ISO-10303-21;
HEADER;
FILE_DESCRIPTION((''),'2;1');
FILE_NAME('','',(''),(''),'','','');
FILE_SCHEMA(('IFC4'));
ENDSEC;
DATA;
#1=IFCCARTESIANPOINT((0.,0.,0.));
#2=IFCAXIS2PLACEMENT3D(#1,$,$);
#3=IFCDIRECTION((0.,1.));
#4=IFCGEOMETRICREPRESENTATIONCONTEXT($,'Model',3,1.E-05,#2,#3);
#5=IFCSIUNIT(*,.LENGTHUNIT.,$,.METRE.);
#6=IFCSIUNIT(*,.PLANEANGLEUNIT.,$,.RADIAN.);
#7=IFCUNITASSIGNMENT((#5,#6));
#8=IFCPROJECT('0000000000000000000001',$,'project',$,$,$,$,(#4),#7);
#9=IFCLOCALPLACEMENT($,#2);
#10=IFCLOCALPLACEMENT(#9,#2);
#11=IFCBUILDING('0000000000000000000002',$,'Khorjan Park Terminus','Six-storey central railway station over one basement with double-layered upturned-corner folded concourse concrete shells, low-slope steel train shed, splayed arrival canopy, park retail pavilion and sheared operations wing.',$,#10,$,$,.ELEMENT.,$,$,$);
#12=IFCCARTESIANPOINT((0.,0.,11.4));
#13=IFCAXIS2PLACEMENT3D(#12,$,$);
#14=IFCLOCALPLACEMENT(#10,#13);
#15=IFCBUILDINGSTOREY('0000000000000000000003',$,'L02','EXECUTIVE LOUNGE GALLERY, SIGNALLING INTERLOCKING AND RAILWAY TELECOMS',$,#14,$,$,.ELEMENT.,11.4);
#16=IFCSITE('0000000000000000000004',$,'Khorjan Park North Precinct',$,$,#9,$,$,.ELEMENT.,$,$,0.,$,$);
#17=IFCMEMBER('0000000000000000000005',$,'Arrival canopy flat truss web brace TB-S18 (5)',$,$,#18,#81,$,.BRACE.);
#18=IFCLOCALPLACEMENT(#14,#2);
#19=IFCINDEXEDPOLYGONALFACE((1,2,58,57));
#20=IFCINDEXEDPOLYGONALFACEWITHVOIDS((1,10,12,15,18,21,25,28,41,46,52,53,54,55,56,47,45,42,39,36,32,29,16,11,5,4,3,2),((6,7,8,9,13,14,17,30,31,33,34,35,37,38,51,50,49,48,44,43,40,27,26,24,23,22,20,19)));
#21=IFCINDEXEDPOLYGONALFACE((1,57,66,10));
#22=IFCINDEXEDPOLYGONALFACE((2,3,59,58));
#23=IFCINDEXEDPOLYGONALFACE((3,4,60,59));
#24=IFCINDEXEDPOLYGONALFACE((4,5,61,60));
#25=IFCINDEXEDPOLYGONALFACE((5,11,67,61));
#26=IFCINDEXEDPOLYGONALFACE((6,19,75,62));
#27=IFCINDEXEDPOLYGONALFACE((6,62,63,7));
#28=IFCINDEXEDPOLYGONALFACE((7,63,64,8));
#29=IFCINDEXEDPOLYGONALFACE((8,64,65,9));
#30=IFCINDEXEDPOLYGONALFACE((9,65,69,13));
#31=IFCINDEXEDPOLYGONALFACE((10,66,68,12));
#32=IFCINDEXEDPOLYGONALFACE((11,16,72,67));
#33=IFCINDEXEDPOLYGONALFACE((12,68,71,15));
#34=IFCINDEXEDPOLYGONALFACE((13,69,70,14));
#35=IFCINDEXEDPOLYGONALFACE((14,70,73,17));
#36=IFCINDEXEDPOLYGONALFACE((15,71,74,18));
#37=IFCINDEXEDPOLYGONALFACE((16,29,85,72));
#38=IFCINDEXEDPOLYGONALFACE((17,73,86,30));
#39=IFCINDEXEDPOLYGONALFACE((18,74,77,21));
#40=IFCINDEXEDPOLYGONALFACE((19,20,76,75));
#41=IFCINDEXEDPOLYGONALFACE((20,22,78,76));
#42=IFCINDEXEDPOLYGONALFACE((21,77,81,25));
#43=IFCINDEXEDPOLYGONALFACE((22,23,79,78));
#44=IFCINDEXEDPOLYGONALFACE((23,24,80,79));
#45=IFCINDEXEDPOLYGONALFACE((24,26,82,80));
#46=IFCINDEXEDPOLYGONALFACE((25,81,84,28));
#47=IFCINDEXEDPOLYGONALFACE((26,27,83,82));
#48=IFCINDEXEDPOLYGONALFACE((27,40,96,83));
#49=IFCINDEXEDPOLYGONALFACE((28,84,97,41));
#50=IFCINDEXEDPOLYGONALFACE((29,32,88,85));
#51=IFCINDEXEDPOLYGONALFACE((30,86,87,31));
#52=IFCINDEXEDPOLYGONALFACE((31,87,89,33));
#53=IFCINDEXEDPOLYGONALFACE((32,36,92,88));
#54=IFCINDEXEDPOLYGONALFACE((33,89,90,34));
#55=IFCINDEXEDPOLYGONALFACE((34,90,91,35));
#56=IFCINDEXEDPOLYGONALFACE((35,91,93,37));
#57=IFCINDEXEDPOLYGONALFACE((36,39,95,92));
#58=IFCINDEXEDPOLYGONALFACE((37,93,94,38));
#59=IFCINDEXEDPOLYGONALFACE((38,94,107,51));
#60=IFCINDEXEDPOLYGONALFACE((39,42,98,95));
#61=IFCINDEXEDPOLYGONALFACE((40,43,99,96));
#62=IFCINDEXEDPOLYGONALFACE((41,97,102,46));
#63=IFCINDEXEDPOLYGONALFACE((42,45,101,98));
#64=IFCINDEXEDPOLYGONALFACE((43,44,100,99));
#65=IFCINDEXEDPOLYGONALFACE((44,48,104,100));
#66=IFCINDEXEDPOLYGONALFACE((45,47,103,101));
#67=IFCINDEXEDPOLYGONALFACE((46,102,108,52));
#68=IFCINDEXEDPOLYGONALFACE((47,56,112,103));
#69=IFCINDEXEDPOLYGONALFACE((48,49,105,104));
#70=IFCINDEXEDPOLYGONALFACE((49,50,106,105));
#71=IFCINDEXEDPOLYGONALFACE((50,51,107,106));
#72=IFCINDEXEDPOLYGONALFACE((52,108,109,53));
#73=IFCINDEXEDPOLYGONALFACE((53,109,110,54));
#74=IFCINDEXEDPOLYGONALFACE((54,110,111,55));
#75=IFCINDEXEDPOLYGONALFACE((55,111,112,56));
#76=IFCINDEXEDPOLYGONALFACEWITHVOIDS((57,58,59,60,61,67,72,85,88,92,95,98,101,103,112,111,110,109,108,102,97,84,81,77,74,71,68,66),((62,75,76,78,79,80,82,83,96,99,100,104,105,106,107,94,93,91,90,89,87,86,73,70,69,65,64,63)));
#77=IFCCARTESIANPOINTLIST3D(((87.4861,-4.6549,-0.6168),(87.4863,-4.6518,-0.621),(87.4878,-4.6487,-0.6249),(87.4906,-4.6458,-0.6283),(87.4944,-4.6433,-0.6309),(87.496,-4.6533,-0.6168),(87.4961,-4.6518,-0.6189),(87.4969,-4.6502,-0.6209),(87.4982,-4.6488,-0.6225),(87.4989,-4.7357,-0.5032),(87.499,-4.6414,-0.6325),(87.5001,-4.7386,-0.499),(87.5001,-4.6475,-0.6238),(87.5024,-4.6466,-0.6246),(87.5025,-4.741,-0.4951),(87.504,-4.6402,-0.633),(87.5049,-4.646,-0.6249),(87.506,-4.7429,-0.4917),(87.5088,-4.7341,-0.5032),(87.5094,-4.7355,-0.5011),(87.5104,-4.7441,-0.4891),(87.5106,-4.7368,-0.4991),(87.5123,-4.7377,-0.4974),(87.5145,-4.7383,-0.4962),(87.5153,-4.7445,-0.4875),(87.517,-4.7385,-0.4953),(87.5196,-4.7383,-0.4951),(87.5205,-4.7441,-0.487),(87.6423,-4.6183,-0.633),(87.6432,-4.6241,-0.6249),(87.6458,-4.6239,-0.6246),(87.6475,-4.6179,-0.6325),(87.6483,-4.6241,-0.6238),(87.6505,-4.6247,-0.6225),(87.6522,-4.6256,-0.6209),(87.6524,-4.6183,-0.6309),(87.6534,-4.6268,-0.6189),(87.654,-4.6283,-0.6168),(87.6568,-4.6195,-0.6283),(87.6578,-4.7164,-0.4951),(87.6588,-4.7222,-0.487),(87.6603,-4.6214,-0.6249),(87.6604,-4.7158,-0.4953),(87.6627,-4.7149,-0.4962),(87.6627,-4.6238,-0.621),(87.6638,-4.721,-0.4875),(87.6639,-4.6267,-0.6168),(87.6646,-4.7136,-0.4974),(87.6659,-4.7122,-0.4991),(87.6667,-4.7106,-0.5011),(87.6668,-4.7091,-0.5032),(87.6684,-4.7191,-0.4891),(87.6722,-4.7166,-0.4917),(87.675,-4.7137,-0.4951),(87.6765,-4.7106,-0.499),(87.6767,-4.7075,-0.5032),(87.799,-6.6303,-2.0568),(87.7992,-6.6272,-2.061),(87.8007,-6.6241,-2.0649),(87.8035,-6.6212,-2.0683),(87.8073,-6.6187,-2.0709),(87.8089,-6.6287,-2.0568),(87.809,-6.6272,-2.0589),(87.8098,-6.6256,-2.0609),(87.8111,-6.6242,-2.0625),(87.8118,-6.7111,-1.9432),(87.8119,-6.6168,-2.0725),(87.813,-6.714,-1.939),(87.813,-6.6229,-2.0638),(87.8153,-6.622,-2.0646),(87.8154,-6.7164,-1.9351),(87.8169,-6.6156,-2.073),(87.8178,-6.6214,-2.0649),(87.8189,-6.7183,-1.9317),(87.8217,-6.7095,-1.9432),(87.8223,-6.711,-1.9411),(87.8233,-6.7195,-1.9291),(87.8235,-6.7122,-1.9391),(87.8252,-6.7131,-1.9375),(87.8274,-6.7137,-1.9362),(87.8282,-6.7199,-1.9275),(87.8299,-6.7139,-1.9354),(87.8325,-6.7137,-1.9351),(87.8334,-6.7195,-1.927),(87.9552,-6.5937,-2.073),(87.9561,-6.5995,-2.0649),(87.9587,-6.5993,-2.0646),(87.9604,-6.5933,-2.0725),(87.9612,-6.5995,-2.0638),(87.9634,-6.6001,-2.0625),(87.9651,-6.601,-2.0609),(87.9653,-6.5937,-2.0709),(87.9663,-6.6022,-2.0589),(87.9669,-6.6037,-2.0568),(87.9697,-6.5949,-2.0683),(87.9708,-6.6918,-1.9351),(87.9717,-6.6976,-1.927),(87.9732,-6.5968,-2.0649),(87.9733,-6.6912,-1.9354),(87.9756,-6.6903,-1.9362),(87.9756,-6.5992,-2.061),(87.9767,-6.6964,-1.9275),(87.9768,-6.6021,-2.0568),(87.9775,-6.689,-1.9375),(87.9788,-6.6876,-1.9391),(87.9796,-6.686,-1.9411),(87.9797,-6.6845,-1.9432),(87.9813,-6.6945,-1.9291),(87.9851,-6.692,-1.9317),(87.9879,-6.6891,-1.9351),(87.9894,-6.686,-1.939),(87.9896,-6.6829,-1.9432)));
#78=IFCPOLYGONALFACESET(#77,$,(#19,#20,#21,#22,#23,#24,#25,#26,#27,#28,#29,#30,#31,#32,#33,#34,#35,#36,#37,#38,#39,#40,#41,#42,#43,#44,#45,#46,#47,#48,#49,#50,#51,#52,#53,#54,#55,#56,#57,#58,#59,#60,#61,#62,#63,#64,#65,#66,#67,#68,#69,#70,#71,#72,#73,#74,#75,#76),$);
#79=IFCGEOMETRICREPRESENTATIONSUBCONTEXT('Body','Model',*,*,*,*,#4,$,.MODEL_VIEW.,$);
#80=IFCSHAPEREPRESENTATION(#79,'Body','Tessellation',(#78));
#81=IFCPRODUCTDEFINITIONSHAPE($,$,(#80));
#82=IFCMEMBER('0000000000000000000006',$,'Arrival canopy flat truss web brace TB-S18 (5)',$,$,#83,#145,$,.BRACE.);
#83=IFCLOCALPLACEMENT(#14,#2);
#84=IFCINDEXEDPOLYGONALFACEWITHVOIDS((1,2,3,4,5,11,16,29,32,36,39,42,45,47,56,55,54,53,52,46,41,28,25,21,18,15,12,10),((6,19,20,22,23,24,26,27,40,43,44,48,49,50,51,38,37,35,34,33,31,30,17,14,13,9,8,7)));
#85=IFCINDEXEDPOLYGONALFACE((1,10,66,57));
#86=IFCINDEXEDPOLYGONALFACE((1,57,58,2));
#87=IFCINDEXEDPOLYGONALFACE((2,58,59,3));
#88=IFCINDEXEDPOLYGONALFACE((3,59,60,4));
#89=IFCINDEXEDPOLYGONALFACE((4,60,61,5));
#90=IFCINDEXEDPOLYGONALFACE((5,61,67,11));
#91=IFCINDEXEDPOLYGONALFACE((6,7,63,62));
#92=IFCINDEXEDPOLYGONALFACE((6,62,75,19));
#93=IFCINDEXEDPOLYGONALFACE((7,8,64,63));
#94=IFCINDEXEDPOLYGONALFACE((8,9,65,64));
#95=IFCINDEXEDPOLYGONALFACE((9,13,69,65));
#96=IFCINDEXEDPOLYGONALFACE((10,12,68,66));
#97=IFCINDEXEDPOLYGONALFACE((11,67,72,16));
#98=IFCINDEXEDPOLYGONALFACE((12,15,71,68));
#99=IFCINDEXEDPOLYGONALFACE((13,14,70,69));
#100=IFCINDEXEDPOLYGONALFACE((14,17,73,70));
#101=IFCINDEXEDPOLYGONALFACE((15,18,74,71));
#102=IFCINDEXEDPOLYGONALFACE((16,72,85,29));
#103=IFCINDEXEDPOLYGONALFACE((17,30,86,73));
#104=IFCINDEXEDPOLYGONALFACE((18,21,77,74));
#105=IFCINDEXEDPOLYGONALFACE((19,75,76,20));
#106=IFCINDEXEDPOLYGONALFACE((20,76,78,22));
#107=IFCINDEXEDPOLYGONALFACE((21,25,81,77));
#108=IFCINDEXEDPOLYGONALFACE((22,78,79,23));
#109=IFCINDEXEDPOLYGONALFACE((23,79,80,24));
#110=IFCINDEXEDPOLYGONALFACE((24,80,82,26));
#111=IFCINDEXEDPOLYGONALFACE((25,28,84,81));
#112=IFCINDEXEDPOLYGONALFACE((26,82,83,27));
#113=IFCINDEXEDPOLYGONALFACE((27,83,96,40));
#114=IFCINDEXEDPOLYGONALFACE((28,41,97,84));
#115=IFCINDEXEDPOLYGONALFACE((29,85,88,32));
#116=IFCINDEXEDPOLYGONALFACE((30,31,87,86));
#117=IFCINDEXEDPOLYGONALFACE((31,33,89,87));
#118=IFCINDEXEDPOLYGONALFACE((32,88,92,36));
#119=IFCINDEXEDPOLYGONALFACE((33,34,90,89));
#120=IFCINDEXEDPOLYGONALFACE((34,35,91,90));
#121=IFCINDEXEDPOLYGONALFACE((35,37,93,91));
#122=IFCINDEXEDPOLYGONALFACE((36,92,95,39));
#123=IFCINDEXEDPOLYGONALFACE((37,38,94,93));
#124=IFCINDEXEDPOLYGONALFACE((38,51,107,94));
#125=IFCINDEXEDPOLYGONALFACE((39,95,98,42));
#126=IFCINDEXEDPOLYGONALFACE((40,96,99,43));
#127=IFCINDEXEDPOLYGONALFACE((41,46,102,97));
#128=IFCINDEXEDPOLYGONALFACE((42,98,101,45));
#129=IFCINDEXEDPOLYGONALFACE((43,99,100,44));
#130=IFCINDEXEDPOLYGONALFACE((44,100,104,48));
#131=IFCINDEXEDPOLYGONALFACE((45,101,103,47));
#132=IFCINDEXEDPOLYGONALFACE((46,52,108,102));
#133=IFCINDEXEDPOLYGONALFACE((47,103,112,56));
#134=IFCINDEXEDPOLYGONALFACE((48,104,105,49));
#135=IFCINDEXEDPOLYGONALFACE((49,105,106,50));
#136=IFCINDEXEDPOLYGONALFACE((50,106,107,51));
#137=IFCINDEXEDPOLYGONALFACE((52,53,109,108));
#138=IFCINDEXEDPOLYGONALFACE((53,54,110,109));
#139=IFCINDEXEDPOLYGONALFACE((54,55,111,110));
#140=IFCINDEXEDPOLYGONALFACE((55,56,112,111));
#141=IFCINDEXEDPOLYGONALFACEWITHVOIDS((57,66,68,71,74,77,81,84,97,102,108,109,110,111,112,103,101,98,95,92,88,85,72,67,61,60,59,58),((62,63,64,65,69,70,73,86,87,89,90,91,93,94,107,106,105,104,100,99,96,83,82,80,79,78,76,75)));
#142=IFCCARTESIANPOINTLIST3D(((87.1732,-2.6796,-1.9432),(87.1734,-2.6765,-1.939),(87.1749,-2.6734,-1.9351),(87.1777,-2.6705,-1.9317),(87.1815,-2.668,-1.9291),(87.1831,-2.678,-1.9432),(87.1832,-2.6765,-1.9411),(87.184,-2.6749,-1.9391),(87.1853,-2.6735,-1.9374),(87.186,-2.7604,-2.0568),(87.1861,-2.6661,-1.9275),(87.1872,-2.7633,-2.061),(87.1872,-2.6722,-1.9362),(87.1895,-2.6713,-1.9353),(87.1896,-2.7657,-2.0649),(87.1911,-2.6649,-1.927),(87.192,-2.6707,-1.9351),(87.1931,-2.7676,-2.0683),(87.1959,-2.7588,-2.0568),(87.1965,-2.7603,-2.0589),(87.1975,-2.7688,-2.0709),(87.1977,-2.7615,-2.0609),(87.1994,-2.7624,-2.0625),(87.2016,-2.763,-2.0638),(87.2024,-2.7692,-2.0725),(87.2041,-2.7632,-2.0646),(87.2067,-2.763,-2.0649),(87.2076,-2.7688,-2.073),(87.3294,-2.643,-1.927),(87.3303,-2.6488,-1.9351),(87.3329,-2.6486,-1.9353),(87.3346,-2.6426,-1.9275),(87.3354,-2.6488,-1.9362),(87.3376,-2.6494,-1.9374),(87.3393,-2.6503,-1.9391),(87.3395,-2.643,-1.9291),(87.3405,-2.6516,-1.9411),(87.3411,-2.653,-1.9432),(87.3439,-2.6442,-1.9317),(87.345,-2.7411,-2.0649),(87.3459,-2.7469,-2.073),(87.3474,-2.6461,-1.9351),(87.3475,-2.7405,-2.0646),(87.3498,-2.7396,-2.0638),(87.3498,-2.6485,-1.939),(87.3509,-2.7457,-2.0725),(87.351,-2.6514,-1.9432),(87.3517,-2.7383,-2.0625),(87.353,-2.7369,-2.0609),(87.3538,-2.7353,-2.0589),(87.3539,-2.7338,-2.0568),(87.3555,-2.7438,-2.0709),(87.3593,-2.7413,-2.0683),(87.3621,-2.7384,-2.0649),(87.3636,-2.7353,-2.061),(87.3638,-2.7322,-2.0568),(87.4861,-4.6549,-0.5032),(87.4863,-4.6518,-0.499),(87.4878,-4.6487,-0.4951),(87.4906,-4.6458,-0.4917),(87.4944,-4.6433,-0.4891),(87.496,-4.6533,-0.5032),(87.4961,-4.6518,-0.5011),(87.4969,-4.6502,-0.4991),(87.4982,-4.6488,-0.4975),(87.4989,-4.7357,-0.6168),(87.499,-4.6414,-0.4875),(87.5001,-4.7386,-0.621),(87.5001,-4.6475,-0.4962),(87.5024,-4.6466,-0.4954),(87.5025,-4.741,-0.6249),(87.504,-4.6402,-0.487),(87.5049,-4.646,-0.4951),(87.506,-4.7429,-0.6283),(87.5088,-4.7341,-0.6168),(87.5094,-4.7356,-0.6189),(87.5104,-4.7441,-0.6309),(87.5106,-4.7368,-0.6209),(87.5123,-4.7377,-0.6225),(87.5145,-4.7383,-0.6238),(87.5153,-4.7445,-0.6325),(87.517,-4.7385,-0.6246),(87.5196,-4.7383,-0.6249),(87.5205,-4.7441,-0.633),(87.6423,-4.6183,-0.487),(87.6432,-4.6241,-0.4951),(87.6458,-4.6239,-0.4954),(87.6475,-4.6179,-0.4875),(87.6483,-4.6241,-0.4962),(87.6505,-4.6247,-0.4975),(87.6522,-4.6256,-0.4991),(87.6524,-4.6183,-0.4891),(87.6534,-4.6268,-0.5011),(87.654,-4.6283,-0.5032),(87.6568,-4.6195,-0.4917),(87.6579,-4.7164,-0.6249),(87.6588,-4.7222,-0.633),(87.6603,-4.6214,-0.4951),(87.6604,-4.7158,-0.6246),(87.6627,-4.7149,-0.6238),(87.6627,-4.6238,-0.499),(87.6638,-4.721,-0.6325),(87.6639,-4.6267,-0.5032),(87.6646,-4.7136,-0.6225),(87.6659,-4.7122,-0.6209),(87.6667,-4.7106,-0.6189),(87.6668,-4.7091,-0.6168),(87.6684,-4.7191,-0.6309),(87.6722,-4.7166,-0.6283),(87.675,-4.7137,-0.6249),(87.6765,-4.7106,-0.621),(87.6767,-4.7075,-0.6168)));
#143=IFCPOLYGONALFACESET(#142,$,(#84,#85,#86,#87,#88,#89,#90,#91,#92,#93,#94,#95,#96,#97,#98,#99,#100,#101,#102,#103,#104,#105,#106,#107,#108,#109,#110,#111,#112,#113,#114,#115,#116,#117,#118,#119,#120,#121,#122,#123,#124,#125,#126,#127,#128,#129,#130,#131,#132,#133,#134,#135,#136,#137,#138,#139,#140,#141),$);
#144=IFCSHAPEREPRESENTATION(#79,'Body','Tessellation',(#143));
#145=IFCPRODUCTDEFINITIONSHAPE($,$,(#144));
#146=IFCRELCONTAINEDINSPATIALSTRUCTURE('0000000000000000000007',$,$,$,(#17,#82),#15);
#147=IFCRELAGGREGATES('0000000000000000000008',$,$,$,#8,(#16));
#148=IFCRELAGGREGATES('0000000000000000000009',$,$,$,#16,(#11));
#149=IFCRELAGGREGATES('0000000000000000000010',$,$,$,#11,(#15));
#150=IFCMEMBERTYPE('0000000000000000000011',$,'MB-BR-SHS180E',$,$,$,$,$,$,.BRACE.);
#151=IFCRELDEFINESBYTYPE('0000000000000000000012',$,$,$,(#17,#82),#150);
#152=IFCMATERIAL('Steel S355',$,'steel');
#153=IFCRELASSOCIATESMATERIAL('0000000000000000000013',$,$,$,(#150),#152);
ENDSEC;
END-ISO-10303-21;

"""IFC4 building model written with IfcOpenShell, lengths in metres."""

from ifc_helpers import new_model, si_unit, direction, frame, origin, origin_2d, place, context, subcontext, project, spatial, hollow_rectangle, extrude, material, material_profile, profile_set, type_object, element, save


model = new_model("IFC4")

# Units and contexts
model_context = context("Model", 3, precision=1e-05, world=origin(), true_north=direction((0.0, 1.0)))
body_context = subcontext(model_context, "Body", "Model", "MODEL_VIEW")
ifc_project = project(units=[si_unit("LENGTHUNIT", "METRE"), si_unit("PLANEANGLEUNIT", "RADIAN")], contexts=[model_context])

# Site, building, storey
site_placement = place(None, origin())
site = spatial("IfcSite", under=ifc_project, at=site_placement, Name="Khorjan Park North Precinct", CompositionType="ELEMENT", RefElevation=0.0)
building_placement = place(site_placement, origin())
building = spatial("IfcBuilding", under=site, at=building_placement, Name="Khorjan Park Terminus", Description="Six-storey central railway station over one basement with double-layered upturned-corner folded concourse concrete shells, low-slope steel train shed, splayed arrival canopy, park retail pavilion and sheared operations wing.", CompositionType="ELEMENT")
storey_placement = place(building_placement, frame((0.0, 0.0, 11.4)))
storey = spatial("IfcBuildingStorey", under=building, at=storey_placement, Name="L02", Description="EXECUTIVE LOUNGE GALLERY, SIGNALLING INTERLOCKING AND RAILWAY TELECOMS", CompositionType="ELEMENT", Elevation=11.4)

# Members
ifc_material = material(Name="Steel S355", Category="steel")
ifc_material_profile_1 = material_profile(ifc_material, hollow_rectangle(XDim=0.18, YDim=0.18, WallThickness=0.01, InnerFilletRadius=0.01, OuterFilletRadius=0.02, at=origin_2d()), Name="SHS 180x180x10")
ifc_profile_set_1 = profile_set([ifc_material_profile_1], Name="Steel S355")
member_type_1 = type_object("IfcMemberType", Name="MB-BR-SHS180E", PredefinedType="BRACE", material=ifc_profile_set_1)
member_1_placement = place(storey_placement, frame((87.8943, -6.6566, -2.0), z_axis=(-0.126963, 0.801545, 0.584299), x_axis=(-0.987686, -0.156448, 0.0)))
element("IfcMember", 1, at=member_1_placement, inside=storey, type_object=member_type_1, Name="Arrival canopy flat truss web brace TB-S18 (5)", PredefinedType="BRACE", context=body_context, shape_type="SweptSolid", body=[
    extrude(hollow_rectangle(XDim=0.18, YDim=0.18, WallThickness=0.01, InnerFilletRadius=0.01, OuterFilletRadius=0.02, at=origin_2d()), origin(), (0.0, 0.0, 1.0), 2.4645),
])
member_2_placement = place(storey_placement, frame((87.5814, -4.6812, -0.56), z_axis=(-0.126968, 0.801531, -0.584318), x_axis=(-0.987685, -0.156456, 0.0)))
element("IfcMember", 2, at=member_2_placement, inside=storey, type_object=member_type_1, Name="Arrival canopy flat truss web brace TB-S18 (5)", PredefinedType="BRACE", context=body_context, shape_type="SweptSolid", body=[
    extrude(hollow_rectangle(XDim=0.18, YDim=0.18, WallThickness=0.01, InnerFilletRadius=0.01, OuterFilletRadius=0.02, at=origin_2d()), origin(), (0.0, 0.0, 1.0), 2.4644),
])

save(model, "model.ifc")
